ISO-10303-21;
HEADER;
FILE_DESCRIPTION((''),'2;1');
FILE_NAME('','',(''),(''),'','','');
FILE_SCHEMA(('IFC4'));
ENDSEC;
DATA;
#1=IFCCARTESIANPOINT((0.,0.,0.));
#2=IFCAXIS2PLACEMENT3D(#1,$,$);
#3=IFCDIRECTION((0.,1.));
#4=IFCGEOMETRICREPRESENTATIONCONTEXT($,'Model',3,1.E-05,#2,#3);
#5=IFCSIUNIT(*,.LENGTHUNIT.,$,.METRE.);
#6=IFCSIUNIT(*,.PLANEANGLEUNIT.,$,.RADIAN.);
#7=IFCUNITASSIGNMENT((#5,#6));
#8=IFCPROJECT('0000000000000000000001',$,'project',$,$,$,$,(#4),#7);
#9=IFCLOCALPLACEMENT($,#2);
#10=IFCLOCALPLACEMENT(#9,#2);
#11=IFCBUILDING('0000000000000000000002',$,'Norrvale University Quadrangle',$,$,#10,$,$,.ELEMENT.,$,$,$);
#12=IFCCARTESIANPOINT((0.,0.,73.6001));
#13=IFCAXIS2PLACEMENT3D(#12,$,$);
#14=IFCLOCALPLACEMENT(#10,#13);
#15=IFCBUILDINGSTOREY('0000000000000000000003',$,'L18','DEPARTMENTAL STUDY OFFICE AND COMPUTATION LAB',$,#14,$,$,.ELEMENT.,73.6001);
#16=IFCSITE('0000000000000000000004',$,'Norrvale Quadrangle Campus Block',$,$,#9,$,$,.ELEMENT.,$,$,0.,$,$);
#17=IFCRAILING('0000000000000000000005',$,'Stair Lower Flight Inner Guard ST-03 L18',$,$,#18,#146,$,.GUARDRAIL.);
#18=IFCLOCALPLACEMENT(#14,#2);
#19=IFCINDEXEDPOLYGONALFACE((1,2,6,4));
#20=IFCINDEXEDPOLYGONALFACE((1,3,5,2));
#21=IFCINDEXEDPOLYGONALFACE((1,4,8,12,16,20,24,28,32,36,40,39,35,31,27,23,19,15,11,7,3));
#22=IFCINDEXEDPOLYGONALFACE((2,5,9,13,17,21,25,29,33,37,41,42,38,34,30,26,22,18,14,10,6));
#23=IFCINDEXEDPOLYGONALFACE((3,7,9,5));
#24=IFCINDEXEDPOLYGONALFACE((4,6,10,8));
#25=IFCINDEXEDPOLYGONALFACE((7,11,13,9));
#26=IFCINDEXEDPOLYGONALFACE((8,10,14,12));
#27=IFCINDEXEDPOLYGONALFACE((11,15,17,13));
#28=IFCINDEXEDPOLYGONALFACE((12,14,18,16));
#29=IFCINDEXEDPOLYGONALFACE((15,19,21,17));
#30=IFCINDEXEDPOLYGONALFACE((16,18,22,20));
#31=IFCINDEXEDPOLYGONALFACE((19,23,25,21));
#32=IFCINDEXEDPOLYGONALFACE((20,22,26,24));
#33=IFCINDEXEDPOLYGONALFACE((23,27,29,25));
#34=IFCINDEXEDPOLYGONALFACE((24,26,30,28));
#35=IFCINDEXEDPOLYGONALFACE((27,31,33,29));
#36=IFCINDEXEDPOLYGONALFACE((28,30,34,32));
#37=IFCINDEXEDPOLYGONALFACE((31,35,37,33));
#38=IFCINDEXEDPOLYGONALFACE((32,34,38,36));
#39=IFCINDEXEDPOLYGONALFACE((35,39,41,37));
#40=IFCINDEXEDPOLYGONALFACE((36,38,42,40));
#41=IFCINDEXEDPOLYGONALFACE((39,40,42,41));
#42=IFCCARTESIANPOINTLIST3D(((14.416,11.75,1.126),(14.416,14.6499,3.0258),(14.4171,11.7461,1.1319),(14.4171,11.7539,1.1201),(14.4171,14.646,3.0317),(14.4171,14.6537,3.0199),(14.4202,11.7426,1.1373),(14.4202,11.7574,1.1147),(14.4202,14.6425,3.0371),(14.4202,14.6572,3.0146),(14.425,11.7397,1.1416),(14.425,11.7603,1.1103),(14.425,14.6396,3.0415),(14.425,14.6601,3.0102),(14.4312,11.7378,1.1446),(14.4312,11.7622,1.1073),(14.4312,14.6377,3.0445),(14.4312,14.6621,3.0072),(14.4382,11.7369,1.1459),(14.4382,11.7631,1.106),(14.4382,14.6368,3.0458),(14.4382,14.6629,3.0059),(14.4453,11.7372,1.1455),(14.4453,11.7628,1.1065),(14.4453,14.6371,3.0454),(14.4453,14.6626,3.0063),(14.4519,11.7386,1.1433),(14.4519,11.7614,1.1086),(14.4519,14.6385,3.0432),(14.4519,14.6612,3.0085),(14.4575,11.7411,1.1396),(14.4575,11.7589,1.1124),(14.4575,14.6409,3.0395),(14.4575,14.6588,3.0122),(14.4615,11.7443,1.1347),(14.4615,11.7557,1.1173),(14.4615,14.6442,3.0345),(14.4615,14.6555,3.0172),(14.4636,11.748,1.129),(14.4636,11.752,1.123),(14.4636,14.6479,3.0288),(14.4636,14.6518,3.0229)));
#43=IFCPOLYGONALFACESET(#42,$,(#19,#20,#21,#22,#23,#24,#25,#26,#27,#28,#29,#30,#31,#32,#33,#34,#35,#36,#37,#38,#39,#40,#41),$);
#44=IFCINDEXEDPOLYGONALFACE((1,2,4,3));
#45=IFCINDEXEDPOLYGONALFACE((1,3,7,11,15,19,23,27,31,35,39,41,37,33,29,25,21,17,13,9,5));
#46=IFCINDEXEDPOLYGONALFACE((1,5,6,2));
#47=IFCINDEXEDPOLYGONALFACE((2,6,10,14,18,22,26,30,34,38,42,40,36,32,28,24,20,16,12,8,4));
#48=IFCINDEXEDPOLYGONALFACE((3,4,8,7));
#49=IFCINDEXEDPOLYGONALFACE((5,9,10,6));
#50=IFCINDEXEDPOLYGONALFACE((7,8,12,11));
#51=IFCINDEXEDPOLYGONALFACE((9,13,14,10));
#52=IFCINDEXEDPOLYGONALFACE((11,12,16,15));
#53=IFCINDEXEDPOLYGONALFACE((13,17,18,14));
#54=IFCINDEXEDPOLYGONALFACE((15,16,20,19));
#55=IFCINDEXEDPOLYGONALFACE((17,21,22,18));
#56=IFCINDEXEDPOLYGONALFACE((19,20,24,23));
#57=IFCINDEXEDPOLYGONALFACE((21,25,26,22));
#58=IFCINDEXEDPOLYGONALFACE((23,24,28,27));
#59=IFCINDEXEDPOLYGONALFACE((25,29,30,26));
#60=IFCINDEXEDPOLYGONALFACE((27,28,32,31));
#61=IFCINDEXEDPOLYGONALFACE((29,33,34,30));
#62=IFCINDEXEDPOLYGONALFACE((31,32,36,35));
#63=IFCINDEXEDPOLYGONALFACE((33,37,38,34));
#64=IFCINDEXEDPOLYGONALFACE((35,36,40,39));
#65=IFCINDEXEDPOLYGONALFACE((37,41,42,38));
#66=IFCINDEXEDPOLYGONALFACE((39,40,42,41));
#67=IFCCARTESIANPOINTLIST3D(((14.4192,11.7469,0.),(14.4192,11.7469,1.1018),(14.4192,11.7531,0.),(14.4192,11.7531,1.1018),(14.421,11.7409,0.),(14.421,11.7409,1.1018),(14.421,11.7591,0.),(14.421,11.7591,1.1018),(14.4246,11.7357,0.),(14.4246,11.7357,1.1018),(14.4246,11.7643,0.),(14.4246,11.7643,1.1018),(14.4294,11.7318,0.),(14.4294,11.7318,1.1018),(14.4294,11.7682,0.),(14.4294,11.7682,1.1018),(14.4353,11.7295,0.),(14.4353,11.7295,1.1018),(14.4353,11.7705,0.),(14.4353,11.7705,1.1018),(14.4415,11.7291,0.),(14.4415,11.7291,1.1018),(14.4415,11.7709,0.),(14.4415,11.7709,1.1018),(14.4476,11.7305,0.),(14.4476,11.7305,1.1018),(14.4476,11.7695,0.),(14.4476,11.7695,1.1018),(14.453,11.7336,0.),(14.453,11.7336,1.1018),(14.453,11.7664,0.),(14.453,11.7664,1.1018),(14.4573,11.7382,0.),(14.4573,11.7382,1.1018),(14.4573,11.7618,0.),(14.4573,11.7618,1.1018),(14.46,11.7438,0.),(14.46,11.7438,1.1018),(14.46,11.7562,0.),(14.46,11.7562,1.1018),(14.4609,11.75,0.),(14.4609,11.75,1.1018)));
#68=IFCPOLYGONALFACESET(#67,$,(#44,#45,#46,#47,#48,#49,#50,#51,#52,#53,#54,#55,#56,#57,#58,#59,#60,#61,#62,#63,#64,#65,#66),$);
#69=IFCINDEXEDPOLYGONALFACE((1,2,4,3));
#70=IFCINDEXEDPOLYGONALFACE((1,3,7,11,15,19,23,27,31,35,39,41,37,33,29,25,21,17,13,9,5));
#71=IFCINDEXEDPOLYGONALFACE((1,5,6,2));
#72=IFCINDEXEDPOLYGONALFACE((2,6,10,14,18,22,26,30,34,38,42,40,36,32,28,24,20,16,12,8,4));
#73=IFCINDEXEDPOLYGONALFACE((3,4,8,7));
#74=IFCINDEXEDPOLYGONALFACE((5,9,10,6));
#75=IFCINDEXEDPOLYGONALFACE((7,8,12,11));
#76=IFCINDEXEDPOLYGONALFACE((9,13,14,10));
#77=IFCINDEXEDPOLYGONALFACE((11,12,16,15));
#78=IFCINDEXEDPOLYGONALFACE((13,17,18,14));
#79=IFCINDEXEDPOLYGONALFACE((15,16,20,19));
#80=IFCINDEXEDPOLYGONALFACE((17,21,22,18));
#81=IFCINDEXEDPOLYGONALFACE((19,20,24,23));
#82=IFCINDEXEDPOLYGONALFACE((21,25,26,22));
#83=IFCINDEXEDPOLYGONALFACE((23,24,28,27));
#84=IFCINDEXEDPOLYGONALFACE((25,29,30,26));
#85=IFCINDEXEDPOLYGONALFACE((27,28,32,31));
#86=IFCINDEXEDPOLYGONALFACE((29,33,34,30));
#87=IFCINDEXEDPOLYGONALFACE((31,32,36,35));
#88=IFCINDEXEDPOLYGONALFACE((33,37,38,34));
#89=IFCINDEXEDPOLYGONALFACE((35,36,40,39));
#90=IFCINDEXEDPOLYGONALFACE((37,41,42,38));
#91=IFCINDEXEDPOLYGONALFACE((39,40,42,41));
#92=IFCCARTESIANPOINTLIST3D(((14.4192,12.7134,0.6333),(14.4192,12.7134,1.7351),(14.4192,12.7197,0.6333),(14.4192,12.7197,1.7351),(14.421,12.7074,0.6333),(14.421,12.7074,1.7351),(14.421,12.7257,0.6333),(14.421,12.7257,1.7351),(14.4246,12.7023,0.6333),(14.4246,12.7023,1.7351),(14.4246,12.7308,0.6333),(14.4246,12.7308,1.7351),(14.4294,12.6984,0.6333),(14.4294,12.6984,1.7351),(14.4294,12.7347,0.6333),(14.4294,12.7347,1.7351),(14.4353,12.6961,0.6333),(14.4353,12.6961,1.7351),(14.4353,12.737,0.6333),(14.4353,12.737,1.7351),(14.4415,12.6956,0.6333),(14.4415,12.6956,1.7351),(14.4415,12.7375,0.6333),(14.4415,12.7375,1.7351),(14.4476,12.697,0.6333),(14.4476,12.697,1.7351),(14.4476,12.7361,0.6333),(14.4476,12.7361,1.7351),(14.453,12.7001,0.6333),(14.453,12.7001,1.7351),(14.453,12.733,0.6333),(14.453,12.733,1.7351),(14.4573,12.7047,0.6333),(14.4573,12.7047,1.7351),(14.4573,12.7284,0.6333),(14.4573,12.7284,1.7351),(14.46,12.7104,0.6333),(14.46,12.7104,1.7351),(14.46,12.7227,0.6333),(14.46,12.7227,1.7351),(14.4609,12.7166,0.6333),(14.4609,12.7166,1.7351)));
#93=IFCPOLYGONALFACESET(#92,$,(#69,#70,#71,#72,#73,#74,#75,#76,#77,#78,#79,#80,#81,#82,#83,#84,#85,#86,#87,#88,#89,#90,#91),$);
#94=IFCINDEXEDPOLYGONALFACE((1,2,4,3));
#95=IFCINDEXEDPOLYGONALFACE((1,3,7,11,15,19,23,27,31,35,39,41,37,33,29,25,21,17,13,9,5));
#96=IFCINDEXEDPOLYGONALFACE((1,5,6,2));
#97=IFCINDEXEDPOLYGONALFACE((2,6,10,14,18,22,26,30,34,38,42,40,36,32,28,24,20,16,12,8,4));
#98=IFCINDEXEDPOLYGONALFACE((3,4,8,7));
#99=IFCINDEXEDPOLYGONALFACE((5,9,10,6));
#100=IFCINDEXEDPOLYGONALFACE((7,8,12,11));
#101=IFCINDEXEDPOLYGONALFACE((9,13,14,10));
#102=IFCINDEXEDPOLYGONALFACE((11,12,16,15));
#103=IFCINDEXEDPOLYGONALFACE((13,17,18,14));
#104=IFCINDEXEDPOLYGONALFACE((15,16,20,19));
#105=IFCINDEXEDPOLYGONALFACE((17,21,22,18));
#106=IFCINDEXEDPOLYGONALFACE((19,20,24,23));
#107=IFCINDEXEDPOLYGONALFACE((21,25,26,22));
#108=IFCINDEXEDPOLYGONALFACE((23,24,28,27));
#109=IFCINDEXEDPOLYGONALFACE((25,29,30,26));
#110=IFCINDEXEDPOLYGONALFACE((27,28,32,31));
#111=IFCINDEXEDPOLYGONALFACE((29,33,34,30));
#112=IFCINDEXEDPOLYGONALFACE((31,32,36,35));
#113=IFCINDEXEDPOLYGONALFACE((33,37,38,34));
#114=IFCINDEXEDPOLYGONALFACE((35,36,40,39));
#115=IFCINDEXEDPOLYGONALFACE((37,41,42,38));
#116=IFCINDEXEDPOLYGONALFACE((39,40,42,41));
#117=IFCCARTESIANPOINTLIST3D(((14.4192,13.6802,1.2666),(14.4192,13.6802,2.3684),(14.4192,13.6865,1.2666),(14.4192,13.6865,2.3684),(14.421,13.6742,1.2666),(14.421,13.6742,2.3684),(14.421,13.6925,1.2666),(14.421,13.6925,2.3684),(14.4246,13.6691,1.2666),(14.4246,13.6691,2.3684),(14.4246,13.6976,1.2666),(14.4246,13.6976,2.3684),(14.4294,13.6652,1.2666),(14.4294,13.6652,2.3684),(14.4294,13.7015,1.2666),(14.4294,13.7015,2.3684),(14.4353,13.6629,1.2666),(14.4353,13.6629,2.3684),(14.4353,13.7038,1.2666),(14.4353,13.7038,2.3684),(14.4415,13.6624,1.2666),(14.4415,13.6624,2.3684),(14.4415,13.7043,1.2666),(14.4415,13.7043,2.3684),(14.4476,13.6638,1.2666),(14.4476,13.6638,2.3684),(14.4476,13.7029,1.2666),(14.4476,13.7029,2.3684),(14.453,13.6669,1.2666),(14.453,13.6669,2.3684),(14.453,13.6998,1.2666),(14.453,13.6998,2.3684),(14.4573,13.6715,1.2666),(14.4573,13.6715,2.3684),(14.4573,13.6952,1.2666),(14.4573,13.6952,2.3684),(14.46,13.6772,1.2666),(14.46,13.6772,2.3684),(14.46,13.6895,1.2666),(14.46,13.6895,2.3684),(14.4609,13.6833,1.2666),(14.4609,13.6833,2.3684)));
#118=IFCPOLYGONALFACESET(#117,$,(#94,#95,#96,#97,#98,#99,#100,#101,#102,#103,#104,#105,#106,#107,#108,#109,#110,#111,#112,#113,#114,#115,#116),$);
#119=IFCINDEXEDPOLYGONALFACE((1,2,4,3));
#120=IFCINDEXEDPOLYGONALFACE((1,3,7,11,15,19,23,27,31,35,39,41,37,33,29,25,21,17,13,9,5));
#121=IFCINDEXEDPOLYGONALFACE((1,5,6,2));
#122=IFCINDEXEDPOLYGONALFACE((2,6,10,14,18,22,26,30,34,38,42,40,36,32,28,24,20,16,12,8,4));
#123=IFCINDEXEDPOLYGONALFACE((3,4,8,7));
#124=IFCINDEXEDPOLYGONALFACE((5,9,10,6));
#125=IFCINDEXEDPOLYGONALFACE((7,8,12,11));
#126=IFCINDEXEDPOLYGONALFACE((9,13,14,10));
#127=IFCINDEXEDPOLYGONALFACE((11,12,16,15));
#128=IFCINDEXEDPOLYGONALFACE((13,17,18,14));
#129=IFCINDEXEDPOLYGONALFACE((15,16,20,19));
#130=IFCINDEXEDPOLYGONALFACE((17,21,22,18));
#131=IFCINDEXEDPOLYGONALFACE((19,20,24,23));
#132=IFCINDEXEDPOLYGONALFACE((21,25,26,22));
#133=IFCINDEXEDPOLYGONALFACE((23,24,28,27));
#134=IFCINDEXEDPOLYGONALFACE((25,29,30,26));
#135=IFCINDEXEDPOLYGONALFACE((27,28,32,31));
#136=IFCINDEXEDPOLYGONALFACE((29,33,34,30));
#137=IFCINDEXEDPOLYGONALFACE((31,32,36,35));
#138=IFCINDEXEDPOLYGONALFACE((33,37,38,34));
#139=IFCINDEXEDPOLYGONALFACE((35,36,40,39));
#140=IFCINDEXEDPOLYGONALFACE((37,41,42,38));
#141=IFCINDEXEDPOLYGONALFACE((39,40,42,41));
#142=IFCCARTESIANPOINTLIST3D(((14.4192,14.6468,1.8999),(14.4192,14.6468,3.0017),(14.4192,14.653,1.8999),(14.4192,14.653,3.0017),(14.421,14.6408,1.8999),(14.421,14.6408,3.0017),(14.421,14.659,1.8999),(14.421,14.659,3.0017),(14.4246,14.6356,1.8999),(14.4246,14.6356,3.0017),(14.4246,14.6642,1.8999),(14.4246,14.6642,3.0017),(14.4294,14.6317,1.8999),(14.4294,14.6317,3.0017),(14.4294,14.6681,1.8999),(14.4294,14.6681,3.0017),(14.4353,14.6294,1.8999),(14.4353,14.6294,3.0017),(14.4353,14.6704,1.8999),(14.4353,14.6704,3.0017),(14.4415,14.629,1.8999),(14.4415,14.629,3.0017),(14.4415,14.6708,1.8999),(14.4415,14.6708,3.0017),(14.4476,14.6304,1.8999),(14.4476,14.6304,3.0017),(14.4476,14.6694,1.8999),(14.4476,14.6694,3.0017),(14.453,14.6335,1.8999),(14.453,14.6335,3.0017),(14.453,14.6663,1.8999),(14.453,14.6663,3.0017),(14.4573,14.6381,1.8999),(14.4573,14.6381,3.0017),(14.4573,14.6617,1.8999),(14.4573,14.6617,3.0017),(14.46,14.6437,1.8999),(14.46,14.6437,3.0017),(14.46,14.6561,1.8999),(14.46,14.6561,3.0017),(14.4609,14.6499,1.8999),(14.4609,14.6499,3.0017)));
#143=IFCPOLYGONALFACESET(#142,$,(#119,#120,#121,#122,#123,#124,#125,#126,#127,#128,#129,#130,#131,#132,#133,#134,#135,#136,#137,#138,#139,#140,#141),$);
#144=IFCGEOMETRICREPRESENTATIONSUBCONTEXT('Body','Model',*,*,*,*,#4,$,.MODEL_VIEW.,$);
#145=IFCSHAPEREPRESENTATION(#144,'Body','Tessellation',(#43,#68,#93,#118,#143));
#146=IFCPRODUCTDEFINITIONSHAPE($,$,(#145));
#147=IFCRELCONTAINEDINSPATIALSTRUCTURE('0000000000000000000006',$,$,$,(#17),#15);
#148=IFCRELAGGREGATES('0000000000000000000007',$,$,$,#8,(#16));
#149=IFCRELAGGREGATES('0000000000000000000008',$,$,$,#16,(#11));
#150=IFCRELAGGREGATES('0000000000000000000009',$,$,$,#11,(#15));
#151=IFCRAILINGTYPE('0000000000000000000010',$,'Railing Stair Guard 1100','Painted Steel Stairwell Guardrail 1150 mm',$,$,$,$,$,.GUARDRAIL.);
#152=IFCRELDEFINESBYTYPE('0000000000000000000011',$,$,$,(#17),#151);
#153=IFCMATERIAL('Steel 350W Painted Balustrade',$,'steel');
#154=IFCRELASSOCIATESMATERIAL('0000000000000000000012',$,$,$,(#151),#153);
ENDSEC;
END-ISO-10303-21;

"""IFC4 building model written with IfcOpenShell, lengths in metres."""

from ifc_helpers import new_model, si_unit, direction, frame, origin, origin_2d, place, context, subcontext, project, spatial, circle, extrude, material, type_object, element, save


model = new_model("IFC4")

# Units and contexts
model_context = context("Model", 3, precision=1e-05, world=origin(), true_north=direction((0.0, 1.0)))
body_context = subcontext(model_context, "Body", "Model", "MODEL_VIEW")
ifc_project = project(units=[si_unit("LENGTHUNIT", "METRE"), si_unit("PLANEANGLEUNIT", "RADIAN")], contexts=[model_context])

# Site, building, storey
site_placement = place(None, origin())
site = spatial("IfcSite", under=ifc_project, at=site_placement, Name="Norrvale Quadrangle Campus Block", CompositionType="ELEMENT", RefElevation=0.0)
building_placement = place(site_placement, origin())
building = spatial("IfcBuilding", under=site, at=building_placement, Name="Norrvale University Quadrangle", CompositionType="ELEMENT")
storey_placement = place(building_placement, frame((0.0, 0.0, 73.6001)))
storey = spatial("IfcBuildingStorey", under=building, at=storey_placement, Name="L18", Description="DEPARTMENTAL STUDY OFFICE AND COMPUTATION LAB", CompositionType="ELEMENT", Elevation=73.6001)

# Railing
ifc_material_1 = material(Name="Steel 350W Painted Balustrade", Category="steel")
railing_type_1 = type_object("IfcRailingType", Name="Railing Stair Guard 1100", Description="Painted Steel Stairwell Guardrail 1150 mm", PredefinedType="GUARDRAIL", material=ifc_material_1)
railing_1_placement = place(storey_placement, frame((14.4399, 11.75, 0.0)))
element("IfcRailing", 1, at=railing_1_placement, inside=storey, type_object=railing_type_1, Name="Stair Lower Flight Inner Guard ST-03 L18", PredefinedType="GUARDRAIL", context=body_context, shape_type="SweptSolid", body=[
    extrude(circle(Radius=0.0239, at=origin_2d()), frame((0.0, 0.0, 1.126), z_axis=(0.0, 0.836466, 0.548019), x_axis=(-1.0, 0.0, 0.0)), (0.0, 0.0, 1.0), 3.4668),
    extrude(circle(Radius=0.021, at=origin_2d()), origin(), (0.0, 0.0, 1.0), 1.1018),
    extrude(circle(Radius=0.021, at=origin_2d()), frame((0.0, 0.9666, 0.6333)), (0.0, 0.0, 1.0), 1.1018),
    extrude(circle(Radius=0.021, at=origin_2d()), frame((0.0, 1.9333, 1.2666)), (0.0, 0.0, 1.0), 1.1018),
    extrude(circle(Radius=0.021, at=origin_2d()), frame((0.0, 2.8999, 1.8999)), (0.0, 0.0, 1.0), 1.1018),
])

save(model, "model.ifc")
